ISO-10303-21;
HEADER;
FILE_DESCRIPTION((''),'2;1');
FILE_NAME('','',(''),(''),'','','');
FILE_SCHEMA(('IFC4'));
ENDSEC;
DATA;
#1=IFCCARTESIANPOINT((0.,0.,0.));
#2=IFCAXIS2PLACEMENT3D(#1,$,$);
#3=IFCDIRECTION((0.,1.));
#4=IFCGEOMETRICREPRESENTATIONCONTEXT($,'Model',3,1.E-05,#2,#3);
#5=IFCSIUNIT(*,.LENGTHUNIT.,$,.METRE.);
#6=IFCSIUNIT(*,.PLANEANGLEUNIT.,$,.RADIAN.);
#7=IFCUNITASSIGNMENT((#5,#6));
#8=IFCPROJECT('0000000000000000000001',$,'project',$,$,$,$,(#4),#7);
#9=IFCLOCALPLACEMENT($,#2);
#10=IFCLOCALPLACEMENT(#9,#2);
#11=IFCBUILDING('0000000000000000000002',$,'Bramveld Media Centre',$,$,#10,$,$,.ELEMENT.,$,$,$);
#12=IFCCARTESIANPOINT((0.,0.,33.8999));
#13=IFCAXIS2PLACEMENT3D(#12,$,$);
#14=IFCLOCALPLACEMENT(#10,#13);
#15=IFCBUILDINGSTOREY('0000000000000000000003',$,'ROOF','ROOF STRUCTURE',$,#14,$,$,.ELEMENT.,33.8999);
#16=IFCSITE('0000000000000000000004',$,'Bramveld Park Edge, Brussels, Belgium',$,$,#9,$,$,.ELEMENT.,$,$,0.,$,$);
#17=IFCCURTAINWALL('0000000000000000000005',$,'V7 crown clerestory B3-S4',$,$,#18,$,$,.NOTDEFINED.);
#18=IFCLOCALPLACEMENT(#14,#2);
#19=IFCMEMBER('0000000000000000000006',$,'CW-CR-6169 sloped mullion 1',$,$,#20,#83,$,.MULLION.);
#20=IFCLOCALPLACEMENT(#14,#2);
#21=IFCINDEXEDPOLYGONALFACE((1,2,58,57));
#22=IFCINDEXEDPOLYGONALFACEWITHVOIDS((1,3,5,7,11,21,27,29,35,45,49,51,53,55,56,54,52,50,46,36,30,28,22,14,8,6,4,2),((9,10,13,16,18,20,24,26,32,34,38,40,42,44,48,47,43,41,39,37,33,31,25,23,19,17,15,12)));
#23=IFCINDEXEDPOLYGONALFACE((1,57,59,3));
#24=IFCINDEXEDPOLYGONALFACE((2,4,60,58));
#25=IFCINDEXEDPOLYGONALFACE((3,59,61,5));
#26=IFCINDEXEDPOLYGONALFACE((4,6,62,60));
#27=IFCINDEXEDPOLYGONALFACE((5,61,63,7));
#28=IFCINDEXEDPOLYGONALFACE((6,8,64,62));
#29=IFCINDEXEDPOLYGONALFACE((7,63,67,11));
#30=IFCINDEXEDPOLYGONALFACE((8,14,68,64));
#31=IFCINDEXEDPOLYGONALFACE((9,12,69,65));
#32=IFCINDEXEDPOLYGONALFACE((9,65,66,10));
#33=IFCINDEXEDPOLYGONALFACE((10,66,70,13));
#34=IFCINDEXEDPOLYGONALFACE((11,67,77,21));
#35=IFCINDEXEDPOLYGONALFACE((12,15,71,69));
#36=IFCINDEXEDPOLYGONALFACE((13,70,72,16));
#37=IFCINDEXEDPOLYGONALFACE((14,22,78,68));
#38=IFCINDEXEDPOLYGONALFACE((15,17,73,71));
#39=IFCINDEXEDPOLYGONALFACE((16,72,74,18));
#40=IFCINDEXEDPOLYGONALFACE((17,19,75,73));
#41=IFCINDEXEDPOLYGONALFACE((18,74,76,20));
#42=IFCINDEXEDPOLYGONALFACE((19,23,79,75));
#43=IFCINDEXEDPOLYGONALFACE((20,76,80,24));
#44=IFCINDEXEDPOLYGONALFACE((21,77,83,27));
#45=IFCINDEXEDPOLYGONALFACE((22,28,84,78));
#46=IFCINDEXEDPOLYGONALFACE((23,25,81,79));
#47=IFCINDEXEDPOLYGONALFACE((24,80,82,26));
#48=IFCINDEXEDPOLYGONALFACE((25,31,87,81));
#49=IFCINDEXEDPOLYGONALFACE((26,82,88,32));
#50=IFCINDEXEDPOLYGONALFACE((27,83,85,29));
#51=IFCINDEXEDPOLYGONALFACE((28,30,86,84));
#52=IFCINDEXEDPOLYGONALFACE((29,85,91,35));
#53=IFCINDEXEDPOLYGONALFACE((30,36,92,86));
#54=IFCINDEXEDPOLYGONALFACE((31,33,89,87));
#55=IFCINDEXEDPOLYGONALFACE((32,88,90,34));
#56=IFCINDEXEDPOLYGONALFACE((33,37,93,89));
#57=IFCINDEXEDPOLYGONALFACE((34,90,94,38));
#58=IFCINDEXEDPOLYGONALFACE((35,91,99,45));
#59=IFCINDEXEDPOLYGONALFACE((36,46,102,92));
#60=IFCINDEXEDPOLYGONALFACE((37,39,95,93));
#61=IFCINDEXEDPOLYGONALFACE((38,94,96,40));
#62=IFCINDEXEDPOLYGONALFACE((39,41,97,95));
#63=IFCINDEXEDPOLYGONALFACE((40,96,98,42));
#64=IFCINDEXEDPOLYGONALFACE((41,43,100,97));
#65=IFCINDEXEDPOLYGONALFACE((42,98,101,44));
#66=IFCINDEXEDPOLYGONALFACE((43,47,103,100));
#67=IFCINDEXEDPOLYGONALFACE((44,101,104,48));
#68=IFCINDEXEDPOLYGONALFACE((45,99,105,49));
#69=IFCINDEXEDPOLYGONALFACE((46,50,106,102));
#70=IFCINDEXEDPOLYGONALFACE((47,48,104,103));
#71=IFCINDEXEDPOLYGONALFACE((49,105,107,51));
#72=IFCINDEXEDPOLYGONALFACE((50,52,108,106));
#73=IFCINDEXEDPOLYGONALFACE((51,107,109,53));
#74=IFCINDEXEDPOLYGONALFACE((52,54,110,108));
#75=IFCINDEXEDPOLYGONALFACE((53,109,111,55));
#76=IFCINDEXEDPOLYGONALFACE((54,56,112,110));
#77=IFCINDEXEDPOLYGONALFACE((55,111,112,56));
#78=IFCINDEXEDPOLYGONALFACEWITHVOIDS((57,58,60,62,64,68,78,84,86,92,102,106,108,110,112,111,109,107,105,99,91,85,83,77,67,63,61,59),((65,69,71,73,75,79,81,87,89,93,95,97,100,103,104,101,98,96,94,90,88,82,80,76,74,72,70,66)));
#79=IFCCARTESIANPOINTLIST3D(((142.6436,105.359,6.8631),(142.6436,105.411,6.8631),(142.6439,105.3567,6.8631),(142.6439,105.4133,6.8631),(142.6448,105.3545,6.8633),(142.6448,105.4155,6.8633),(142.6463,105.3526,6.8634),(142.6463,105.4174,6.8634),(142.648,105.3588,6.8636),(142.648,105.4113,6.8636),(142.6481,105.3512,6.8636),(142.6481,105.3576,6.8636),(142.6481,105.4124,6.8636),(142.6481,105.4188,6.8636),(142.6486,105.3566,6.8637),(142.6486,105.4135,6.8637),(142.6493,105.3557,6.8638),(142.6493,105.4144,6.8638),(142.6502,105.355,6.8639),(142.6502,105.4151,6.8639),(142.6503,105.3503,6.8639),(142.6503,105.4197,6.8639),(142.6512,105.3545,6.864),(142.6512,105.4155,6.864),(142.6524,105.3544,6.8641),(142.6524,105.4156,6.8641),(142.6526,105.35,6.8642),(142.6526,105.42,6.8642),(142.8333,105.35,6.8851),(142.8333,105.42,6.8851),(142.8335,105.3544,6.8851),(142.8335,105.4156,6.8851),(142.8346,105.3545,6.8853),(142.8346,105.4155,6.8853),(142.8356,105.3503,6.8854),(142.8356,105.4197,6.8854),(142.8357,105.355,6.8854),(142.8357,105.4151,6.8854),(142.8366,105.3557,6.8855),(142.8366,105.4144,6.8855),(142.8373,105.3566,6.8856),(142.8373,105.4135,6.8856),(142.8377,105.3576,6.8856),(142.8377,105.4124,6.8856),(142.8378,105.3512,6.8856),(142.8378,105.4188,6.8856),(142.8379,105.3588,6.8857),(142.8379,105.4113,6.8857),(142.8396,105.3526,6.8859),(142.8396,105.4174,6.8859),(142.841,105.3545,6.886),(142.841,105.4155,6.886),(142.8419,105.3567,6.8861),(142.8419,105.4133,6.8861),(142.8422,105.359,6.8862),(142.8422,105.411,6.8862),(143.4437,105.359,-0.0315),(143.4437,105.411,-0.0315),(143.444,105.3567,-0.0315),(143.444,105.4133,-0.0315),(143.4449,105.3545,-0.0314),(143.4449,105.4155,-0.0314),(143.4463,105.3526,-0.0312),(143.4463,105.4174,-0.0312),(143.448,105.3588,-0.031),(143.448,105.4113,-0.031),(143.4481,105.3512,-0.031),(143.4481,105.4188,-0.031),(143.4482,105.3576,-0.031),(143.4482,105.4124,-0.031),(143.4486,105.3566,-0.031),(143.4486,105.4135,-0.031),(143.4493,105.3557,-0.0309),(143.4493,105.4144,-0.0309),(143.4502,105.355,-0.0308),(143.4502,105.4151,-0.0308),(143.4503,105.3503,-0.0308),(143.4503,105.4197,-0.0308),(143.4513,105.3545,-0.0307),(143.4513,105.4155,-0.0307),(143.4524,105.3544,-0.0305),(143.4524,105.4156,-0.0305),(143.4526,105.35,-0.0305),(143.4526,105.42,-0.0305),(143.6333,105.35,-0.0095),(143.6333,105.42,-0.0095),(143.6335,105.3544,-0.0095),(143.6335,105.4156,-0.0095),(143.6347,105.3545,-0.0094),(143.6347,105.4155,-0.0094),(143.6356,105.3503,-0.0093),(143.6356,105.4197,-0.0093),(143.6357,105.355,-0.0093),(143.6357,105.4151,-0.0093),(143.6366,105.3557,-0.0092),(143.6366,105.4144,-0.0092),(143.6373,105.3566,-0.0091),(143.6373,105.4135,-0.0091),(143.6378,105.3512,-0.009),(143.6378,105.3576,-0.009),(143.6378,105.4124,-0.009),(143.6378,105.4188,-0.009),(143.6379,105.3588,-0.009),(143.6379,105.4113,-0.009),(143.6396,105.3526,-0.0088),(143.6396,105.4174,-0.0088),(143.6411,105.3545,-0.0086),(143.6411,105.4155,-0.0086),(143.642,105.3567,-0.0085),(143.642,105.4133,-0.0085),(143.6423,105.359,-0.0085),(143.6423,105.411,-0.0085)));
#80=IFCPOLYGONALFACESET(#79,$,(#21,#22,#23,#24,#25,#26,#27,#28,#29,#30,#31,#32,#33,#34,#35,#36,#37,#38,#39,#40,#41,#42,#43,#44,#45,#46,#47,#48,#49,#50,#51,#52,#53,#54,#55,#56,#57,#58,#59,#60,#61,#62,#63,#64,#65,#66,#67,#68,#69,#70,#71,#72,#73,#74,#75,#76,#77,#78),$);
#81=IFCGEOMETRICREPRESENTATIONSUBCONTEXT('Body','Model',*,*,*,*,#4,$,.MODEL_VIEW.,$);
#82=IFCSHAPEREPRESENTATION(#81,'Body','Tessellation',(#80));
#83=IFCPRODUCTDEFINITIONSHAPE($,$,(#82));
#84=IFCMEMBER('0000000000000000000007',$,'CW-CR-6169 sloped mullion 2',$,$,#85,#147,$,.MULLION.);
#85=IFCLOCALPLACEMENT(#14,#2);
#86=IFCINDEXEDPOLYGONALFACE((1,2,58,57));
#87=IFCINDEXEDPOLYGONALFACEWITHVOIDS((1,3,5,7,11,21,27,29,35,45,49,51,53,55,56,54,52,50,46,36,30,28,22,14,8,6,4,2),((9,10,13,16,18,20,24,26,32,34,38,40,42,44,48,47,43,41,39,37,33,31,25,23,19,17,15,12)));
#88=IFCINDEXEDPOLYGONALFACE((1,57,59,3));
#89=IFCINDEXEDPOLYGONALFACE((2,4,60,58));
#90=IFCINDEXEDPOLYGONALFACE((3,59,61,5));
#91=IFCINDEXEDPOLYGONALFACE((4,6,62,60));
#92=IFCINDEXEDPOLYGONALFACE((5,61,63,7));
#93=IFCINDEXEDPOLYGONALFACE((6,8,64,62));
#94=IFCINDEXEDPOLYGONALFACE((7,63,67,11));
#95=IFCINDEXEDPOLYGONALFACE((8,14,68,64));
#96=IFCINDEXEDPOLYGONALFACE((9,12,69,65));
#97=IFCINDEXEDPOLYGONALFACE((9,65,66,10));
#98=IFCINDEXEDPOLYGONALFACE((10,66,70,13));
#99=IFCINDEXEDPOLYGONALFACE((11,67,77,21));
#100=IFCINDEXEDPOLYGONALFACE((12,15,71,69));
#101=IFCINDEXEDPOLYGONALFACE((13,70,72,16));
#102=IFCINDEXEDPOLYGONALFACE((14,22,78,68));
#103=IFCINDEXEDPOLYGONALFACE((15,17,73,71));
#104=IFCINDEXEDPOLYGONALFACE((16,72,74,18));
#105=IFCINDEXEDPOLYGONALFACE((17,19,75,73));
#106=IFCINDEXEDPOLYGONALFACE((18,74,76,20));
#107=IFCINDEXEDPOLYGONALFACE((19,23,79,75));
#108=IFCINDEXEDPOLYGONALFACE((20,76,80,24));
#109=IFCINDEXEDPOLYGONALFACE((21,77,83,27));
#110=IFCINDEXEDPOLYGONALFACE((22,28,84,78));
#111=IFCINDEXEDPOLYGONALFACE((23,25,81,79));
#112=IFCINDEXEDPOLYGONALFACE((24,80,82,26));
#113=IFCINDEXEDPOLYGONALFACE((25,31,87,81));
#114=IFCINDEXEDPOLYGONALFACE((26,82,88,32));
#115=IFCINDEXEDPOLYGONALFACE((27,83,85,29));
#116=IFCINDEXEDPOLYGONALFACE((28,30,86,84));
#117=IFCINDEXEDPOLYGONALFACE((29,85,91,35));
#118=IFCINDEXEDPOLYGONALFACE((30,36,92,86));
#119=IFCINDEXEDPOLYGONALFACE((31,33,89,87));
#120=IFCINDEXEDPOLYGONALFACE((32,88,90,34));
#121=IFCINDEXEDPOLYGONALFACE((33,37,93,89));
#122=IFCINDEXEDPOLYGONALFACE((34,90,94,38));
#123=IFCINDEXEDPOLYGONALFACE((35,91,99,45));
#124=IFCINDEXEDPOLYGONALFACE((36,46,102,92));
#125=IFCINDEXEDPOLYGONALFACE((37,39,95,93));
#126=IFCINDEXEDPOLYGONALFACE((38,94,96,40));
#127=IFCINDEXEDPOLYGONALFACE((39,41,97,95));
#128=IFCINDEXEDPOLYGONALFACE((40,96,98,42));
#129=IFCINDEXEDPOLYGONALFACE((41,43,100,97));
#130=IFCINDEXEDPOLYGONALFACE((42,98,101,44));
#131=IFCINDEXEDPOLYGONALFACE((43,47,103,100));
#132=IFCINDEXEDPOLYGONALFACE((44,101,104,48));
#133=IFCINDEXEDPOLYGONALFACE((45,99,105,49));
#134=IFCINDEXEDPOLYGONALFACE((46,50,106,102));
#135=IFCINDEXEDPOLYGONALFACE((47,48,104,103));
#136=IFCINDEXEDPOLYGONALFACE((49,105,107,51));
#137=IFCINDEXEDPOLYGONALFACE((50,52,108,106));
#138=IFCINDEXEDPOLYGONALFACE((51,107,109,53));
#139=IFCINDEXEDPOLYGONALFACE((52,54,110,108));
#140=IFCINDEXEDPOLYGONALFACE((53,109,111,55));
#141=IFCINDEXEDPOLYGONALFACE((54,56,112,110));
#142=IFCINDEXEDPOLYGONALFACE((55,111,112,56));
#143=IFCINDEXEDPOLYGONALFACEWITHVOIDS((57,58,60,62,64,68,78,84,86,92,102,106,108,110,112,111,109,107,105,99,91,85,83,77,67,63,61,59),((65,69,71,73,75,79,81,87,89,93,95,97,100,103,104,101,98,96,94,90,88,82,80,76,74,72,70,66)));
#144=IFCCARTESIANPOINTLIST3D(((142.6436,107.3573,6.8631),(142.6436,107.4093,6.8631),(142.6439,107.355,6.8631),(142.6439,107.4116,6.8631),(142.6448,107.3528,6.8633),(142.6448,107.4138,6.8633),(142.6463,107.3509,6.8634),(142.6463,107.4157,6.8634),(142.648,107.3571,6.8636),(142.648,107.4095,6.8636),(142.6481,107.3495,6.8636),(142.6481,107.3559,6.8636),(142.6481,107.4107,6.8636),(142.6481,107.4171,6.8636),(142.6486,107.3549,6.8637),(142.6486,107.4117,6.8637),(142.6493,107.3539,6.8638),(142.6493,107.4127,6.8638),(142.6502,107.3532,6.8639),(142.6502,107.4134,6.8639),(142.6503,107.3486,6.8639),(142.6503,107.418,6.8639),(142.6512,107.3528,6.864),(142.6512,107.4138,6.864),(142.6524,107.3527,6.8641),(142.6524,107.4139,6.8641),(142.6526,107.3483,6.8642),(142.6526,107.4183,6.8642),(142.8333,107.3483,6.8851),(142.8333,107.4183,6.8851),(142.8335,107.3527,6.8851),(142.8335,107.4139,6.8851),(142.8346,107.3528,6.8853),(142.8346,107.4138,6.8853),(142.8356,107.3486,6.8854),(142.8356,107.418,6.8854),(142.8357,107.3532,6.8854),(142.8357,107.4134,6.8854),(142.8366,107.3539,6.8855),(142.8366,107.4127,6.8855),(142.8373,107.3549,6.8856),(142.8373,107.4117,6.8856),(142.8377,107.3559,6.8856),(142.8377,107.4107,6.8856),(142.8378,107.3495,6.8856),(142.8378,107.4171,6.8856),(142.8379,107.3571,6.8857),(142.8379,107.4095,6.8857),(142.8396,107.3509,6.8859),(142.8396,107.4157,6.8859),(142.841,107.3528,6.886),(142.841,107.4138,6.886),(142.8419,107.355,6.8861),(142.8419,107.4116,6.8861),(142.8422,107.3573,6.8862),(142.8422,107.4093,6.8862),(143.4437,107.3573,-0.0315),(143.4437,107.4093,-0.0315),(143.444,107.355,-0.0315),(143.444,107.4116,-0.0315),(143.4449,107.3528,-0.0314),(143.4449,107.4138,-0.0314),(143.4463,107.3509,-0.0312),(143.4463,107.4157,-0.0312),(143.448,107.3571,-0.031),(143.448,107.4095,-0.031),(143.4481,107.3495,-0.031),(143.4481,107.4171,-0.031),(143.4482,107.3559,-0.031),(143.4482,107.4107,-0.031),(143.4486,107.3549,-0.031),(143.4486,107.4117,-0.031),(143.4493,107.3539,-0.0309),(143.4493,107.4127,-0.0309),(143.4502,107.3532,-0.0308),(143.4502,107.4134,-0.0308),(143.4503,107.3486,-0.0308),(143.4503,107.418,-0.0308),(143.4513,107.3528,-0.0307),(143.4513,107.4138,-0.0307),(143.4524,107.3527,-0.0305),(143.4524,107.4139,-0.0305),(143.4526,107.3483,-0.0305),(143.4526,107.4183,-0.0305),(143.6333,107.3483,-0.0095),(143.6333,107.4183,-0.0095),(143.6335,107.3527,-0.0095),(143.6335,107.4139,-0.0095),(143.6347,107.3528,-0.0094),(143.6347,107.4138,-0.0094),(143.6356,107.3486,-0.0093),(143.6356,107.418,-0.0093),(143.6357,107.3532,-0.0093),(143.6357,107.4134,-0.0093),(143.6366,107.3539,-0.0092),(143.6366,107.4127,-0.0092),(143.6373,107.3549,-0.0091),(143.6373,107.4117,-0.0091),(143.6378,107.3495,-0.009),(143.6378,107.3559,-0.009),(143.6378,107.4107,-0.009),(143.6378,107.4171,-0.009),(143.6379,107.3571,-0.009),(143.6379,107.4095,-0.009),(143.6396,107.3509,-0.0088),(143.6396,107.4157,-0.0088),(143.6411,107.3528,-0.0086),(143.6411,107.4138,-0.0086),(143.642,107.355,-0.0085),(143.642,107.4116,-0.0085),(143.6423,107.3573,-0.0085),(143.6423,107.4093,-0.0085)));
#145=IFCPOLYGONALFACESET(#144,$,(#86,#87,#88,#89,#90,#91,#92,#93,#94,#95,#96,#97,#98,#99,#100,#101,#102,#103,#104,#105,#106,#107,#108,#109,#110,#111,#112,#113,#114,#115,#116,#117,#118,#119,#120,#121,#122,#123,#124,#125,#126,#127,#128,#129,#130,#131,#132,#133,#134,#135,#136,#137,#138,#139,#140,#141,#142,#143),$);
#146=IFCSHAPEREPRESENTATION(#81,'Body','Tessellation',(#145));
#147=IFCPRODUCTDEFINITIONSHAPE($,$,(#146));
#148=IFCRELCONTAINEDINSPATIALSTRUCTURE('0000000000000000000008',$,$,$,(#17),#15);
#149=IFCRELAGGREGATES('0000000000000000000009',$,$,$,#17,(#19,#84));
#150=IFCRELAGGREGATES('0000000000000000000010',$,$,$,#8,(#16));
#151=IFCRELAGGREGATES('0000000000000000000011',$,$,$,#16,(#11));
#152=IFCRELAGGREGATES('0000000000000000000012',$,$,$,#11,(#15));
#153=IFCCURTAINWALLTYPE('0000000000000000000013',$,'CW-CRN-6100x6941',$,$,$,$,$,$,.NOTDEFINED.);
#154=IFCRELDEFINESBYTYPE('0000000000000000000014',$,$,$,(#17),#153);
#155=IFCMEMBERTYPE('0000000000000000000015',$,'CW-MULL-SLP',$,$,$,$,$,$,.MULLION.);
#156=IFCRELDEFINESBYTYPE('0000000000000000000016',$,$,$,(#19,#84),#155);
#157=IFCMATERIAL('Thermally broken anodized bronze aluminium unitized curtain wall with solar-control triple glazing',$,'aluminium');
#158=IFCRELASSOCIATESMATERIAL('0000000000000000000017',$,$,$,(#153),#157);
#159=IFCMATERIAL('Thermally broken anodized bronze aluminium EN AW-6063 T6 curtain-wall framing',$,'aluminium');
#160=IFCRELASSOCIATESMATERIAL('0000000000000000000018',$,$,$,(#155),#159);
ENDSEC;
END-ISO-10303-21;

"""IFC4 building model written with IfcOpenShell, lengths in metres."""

from ifc_helpers import new_model, si_unit, direction, frame, origin, origin_2d, place, context, subcontext, project, spatial, hollow_rectangle, extrude, material, material_profile, profile_set, type_object, element, aggregate, save


model = new_model("IFC4")

# Units and contexts
model_context = context("Model", 3, precision=1e-05, world=origin(), true_north=direction((0.0, 1.0)))
body_context = subcontext(model_context, "Body", "Model", "MODEL_VIEW")
ifc_project = project(units=[si_unit("LENGTHUNIT", "METRE"), si_unit("PLANEANGLEUNIT", "RADIAN")], contexts=[model_context])

# Site, building, storey
site_placement = place(None, origin())
site = spatial("IfcSite", under=ifc_project, at=site_placement, Name="Bramveld Park Edge, Brussels, Belgium", CompositionType="ELEMENT", RefElevation=0.0)
building_placement = place(site_placement, origin())
building = spatial("IfcBuilding", under=site, at=building_placement, Name="Bramveld Media Centre", CompositionType="ELEMENT")
storey_placement = place(building_placement, frame((0.0, 0.0, 33.8999)))
storey = spatial("IfcBuildingStorey", under=building, at=storey_placement, Name="ROOF", Description="ROOF STRUCTURE", CompositionType="ELEMENT", Elevation=33.8999)

# Curtain wall, members
ifc_material_1 = material(Name="Thermally broken anodized bronze aluminium unitized curtain wall with solar-control triple glazing", Category="aluminium")
curtain_wall_type = type_object("IfcCurtainWallType", Name="CW-CRN-6100x6941", PredefinedType="NOTDEFINED", material=ifc_material_1)
curtain_wall_1_placement = place(storey_placement, origin())
curtain_wall_1 = element("IfcCurtainWall", 1, at=curtain_wall_1_placement, inside=storey, type_object=curtain_wall_type, Name="V7 crown clerestory B3-S4", PredefinedType="NOTDEFINED")
ifc_material_2 = material(Name="Thermally broken anodized bronze aluminium EN AW-6063 T6 curtain-wall framing", Category="aluminium")
ifc_material_profile_1 = material_profile(ifc_material_2, hollow_rectangle(XDim=0.0701, YDim=0.2, WallThickness=0.0044, InnerFilletRadius=0.0044, OuterFilletRadius=0.009, at=origin_2d()), Name="AL-MULL 70x200")
ifc_profile_set_1 = profile_set([ifc_material_profile_1], Name="Thermally broken anodized bronze aluminium EN AW-6063 T6 curtain-wall framing")
member_type_1 = type_object("IfcMemberType", Name="CW-MULL-SLP", PredefinedType="MULLION", material=ifc_profile_set_1)
member_1_placement = place(storey_placement, frame((143.543, 105.385, -0.02), z_axis=(-0.115264, 0.0, 0.993335), x_axis=(0.0, -1.0, 0.0)))
member_1 = element("IfcMember", 2, at=member_1_placement, type_object=member_type_1, Name="CW-CR-6169 sloped mullion 1", PredefinedType="MULLION", context=body_context, shape_type="SweptSolid", body=[
    extrude(hollow_rectangle(XDim=0.0701, YDim=0.2, WallThickness=0.0044, InnerFilletRadius=0.0044, OuterFilletRadius=0.009, at=origin_2d()), origin(), (0.0, 0.0, 1.0), 6.9409),
])
member_2_placement = place(storey_placement, frame((143.543, 107.3833, -0.02), z_axis=(-0.115264, 0.0, 0.993335), x_axis=(0.0, -1.0, 0.0)))
member_2 = element("IfcMember", 3, at=member_2_placement, type_object=member_type_1, Name="CW-CR-6169 sloped mullion 2", PredefinedType="MULLION", context=body_context, shape_type="SweptSolid", body=[
    extrude(hollow_rectangle(XDim=0.0701, YDim=0.2, WallThickness=0.0044, InnerFilletRadius=0.0044, OuterFilletRadius=0.009, at=origin_2d()), origin(), (0.0, 0.0, 1.0), 6.9409),
])
aggregate(curtain_wall_1, [member_1, member_2])

save(model, "model.ifc")
